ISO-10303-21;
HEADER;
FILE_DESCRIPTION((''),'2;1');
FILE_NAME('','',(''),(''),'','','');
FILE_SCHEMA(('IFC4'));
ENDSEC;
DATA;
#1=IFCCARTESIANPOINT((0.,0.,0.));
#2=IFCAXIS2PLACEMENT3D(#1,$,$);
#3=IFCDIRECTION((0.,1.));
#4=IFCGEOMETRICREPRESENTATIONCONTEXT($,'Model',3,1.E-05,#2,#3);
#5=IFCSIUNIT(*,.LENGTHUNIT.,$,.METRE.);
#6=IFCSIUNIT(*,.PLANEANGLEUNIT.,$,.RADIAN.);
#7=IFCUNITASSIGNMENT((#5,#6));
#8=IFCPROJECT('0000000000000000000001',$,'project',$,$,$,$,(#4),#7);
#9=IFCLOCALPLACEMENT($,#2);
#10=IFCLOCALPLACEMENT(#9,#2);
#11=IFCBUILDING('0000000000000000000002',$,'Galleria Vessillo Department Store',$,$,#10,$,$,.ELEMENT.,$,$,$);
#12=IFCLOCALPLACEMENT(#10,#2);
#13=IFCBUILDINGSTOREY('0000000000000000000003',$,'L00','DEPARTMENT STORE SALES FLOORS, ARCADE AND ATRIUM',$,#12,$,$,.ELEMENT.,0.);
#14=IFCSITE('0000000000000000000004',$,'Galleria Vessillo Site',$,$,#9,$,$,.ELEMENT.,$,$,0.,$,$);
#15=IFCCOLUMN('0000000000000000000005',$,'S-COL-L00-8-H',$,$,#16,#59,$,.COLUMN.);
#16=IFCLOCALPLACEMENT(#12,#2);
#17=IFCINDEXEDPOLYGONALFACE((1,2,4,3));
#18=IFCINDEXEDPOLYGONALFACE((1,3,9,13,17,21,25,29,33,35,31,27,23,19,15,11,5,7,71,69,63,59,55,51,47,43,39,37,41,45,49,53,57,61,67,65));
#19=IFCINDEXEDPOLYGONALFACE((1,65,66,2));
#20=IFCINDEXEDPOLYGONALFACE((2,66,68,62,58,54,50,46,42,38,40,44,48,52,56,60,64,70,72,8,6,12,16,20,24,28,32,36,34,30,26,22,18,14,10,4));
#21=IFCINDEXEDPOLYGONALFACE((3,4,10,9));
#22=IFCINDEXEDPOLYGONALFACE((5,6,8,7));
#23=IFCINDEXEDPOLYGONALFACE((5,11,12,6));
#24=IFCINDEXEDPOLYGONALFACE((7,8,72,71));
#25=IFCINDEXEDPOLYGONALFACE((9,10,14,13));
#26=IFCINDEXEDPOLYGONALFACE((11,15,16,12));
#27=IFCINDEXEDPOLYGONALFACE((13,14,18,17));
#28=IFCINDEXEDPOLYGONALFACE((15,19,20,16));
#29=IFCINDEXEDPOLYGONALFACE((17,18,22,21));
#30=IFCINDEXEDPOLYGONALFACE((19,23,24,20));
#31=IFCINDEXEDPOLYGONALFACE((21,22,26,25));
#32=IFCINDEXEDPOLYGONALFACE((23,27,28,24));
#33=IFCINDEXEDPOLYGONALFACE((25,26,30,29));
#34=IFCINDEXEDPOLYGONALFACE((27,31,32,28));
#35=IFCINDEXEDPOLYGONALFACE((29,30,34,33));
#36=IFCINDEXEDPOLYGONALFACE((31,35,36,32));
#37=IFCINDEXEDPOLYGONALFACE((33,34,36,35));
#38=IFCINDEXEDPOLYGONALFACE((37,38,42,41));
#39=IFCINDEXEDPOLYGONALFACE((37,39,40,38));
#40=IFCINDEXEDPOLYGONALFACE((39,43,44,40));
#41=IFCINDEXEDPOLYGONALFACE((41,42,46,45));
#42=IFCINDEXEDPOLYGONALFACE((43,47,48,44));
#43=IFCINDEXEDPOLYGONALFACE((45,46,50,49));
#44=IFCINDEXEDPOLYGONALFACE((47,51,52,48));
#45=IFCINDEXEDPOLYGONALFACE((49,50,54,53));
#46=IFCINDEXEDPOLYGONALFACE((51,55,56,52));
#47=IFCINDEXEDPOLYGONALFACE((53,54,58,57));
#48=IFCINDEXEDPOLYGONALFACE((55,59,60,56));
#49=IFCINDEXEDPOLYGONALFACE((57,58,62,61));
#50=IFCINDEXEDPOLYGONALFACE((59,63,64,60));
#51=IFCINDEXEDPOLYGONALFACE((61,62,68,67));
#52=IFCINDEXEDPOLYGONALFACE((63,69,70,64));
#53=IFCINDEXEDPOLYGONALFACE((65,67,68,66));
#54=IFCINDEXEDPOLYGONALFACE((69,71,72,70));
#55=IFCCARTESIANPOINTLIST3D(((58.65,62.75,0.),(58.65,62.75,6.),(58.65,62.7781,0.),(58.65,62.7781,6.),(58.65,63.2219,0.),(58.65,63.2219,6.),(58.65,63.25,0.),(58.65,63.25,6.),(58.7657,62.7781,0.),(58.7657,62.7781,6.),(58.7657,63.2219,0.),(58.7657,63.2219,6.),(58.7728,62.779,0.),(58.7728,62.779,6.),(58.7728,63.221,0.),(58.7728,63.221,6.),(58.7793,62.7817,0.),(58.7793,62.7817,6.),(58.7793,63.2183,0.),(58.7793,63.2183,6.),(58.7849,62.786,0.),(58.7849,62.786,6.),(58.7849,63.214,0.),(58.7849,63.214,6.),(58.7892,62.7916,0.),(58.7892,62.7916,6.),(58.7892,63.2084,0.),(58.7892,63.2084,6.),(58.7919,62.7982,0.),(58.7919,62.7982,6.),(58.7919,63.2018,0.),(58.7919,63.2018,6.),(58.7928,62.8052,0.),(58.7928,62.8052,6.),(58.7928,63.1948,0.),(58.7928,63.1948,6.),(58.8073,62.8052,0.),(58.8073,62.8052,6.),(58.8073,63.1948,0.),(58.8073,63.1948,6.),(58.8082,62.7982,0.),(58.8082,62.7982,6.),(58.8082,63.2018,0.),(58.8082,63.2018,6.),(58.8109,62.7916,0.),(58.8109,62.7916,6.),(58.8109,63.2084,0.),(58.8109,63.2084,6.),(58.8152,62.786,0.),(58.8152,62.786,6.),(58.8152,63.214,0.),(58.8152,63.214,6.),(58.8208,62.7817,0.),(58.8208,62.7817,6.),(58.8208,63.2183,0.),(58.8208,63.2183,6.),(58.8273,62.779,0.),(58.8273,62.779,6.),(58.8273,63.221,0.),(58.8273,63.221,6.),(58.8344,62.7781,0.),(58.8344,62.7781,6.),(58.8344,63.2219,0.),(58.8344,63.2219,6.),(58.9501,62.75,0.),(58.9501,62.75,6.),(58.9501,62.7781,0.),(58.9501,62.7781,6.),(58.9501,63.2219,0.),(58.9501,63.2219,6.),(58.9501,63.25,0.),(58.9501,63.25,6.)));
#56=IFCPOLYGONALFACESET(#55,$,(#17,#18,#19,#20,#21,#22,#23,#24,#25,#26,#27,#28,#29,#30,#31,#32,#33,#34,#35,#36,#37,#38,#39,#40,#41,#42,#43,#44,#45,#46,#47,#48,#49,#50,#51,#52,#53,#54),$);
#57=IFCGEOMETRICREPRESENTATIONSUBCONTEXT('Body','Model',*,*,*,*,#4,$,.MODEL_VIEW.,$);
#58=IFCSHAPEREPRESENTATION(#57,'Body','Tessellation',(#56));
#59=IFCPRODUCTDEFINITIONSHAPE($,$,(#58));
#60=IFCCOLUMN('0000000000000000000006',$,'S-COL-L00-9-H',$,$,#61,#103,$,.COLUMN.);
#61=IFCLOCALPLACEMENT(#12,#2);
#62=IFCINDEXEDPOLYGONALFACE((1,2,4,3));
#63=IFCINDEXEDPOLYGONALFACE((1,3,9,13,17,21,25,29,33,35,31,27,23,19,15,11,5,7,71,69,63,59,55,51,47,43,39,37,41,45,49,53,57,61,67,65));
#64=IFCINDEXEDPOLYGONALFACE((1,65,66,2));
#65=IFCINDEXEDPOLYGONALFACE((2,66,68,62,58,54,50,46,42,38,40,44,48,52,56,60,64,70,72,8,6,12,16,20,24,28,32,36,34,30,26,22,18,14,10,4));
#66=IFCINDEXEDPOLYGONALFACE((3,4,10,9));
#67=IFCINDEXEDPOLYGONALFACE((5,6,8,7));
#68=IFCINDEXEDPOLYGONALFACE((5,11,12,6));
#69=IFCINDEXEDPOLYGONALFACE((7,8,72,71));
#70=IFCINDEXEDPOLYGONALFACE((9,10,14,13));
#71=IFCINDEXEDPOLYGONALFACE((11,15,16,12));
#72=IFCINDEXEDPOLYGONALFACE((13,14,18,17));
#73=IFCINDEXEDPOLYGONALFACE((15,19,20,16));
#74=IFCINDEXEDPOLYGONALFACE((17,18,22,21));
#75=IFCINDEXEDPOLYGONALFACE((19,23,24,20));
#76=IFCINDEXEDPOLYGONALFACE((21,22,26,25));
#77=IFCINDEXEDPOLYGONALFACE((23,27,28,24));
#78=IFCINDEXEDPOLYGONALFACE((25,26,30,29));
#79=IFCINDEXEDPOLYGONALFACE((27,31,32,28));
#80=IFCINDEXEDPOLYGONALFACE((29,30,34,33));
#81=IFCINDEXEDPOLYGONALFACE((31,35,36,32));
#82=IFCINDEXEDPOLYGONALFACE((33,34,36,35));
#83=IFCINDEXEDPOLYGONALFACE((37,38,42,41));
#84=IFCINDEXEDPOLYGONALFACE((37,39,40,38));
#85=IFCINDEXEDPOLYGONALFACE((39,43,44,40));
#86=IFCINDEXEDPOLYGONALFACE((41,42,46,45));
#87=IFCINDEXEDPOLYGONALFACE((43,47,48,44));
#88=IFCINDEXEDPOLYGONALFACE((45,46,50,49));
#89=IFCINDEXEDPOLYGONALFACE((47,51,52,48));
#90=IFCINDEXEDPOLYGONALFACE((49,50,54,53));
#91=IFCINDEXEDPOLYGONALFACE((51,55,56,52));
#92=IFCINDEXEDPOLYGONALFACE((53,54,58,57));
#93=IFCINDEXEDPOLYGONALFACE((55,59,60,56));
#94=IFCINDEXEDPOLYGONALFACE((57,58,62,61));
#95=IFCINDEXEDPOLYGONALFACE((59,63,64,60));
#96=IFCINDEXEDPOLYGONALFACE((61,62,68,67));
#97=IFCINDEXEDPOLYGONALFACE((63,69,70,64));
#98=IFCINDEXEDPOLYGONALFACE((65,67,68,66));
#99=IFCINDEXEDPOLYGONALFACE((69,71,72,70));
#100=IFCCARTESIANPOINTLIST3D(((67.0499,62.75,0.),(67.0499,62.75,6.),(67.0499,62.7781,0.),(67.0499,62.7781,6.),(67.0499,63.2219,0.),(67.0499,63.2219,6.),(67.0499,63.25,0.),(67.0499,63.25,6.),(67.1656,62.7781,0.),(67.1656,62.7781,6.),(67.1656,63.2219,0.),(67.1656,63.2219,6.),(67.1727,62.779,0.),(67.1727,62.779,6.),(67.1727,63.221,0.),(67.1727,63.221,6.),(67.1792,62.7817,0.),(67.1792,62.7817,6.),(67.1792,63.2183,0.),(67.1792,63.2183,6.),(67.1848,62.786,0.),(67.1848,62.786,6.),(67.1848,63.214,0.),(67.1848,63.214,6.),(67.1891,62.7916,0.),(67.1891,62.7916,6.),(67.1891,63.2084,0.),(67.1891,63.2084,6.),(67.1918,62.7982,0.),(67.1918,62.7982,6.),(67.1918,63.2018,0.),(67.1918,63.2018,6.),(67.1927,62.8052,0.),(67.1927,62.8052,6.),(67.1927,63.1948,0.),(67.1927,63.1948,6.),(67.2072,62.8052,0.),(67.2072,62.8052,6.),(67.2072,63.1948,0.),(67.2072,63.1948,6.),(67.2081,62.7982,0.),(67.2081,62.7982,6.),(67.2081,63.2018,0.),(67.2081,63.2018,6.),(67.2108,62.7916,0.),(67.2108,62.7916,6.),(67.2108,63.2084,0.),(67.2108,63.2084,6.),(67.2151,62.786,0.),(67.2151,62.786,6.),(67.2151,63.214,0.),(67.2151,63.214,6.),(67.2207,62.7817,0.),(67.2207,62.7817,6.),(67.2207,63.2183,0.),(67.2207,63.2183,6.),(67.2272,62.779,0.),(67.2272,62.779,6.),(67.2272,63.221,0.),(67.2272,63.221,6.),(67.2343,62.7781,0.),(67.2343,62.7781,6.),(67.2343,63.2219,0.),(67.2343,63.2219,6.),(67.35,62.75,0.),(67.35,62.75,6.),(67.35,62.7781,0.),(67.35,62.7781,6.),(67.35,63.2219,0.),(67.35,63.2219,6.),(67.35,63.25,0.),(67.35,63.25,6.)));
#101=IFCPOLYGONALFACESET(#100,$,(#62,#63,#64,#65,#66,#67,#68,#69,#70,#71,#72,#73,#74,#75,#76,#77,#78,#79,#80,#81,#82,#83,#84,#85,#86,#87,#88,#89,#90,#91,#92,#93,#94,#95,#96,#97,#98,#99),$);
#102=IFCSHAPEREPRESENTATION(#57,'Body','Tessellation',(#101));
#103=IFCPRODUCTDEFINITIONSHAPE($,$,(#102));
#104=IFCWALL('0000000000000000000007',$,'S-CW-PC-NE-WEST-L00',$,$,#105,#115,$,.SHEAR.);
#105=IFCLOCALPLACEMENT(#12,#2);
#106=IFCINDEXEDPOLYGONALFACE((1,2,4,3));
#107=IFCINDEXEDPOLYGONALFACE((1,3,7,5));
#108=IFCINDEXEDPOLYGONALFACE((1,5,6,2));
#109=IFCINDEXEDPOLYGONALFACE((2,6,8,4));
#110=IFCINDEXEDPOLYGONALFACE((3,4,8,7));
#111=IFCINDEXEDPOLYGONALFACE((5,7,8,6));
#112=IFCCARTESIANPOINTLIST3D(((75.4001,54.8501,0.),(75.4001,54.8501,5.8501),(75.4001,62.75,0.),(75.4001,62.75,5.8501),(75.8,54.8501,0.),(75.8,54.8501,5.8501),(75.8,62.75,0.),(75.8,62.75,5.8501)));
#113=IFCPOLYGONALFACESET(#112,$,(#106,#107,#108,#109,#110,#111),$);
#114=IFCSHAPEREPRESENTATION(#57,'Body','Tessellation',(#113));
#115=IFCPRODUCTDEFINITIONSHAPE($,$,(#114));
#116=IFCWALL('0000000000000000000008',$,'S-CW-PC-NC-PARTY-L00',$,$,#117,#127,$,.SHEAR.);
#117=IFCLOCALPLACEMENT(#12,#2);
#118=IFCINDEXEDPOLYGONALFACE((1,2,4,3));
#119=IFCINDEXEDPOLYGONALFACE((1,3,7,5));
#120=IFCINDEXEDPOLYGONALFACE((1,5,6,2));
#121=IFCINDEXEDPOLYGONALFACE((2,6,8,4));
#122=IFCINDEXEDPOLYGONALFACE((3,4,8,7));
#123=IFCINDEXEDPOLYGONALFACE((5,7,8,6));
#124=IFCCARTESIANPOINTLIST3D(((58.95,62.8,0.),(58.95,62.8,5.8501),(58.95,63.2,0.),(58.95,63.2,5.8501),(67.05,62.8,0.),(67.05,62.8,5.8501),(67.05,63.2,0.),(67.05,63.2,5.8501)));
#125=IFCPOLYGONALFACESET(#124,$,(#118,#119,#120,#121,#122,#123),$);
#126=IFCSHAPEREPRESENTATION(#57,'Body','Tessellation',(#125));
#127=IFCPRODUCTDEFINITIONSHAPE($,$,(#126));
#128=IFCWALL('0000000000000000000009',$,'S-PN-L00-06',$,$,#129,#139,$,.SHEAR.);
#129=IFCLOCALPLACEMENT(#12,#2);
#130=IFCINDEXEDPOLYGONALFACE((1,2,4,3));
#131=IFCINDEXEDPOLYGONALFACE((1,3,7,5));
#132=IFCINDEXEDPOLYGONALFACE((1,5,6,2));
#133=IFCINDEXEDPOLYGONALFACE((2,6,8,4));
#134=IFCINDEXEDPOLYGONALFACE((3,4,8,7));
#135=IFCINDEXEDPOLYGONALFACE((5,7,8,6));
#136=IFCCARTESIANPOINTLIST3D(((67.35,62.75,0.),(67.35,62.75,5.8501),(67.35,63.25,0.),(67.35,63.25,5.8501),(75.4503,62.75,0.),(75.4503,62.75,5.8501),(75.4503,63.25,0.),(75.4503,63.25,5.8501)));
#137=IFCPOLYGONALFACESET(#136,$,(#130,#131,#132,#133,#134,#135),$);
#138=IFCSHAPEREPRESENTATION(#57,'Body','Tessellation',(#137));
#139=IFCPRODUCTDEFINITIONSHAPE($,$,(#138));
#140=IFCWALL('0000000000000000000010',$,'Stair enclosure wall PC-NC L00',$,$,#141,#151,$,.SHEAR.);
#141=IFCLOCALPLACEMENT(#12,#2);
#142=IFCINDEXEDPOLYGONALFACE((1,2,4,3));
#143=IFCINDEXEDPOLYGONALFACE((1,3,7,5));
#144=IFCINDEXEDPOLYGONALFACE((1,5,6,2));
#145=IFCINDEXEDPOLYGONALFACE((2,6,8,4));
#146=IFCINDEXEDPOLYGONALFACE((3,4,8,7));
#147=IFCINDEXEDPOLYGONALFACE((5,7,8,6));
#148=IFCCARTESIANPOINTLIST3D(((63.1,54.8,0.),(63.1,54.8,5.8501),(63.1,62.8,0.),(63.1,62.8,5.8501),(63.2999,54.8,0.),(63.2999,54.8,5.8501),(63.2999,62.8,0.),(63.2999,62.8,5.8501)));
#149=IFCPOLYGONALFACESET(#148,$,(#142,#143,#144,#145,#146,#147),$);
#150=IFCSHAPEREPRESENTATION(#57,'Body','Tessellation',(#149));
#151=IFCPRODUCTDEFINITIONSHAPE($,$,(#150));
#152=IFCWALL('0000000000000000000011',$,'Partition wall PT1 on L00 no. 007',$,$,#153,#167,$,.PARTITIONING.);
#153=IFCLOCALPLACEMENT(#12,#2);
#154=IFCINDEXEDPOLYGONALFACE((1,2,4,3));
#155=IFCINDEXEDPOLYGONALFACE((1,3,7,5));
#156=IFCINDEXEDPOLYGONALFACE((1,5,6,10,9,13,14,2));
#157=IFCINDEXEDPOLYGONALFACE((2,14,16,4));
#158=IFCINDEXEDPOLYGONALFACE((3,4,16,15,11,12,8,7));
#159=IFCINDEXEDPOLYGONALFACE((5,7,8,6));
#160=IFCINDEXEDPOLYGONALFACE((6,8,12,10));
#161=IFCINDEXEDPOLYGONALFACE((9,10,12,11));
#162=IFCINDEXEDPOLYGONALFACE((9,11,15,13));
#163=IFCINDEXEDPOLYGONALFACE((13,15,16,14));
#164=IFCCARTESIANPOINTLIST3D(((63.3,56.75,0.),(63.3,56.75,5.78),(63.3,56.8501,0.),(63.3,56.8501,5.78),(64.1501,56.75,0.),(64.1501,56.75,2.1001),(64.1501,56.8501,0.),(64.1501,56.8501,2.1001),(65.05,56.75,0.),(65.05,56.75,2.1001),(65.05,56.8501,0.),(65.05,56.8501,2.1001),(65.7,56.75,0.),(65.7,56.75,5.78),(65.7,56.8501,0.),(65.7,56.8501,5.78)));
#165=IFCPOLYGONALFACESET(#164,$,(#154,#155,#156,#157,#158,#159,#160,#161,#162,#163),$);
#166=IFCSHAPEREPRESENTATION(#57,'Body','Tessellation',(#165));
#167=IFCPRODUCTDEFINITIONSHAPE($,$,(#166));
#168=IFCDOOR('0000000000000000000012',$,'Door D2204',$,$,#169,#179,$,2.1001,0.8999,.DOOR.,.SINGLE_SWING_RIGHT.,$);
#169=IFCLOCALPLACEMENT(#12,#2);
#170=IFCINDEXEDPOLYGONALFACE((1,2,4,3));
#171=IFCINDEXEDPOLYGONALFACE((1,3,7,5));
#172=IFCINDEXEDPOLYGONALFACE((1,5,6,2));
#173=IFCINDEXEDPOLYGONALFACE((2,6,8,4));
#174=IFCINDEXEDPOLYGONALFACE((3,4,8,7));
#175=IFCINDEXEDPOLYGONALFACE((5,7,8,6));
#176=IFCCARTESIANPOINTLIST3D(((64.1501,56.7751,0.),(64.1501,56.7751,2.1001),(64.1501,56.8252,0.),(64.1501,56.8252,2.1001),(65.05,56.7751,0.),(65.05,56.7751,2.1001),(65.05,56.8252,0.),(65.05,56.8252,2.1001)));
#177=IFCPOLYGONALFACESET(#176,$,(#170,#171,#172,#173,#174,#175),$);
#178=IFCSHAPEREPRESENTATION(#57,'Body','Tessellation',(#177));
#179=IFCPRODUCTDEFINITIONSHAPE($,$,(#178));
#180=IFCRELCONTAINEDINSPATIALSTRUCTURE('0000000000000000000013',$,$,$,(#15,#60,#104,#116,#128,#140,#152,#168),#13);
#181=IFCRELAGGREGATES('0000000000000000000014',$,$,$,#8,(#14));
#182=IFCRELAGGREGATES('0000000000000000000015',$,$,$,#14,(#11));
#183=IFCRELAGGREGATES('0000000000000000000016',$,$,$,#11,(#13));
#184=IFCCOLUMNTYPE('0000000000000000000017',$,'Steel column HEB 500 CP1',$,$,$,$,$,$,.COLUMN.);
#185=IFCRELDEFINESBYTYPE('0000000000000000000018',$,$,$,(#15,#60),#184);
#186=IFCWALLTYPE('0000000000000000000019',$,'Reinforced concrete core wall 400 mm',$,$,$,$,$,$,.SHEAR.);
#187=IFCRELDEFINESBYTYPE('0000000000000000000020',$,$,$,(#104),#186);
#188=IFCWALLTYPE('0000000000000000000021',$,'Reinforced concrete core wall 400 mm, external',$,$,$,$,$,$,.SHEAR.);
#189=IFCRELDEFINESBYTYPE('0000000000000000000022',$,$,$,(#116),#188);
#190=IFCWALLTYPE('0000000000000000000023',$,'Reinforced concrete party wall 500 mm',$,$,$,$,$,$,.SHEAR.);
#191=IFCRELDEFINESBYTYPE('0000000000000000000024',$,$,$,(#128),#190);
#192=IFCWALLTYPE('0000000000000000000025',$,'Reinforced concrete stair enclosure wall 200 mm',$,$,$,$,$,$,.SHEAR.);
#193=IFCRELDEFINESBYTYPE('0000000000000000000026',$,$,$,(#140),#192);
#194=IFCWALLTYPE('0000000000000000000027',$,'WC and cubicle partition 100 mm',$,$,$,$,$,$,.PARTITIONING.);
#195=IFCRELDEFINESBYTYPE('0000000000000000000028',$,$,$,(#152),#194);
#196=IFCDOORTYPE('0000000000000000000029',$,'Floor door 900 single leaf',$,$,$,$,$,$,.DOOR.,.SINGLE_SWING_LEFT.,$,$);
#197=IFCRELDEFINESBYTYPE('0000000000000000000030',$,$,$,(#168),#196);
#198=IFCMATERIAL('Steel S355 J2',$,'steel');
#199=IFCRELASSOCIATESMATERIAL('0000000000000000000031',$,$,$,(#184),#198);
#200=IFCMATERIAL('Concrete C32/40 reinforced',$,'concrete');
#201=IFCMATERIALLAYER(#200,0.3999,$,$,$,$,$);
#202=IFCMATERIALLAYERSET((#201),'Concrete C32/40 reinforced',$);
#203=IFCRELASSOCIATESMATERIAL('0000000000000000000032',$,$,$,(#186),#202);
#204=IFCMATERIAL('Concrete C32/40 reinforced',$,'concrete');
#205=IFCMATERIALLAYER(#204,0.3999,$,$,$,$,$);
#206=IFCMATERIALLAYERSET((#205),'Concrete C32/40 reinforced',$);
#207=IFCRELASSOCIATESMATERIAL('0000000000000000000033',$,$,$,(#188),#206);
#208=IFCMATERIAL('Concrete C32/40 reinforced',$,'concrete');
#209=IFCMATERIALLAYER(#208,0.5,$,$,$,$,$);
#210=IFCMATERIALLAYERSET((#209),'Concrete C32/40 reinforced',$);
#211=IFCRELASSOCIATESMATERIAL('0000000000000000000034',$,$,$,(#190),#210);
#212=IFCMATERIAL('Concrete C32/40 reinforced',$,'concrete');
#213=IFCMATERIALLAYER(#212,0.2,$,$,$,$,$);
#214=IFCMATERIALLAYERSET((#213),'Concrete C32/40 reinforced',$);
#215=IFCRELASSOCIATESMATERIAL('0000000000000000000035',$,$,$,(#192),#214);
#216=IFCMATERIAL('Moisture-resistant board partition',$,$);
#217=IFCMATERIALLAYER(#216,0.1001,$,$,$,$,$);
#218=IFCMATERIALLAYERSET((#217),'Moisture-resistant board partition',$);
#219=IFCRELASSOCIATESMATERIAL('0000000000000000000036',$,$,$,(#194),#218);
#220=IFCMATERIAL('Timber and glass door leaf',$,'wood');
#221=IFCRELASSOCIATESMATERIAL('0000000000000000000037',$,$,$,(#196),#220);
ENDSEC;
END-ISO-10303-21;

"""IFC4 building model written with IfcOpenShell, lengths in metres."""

from ifc_helpers import new_model, si_unit, direction, frame, frame_2d, origin, origin_2d, place, context, subcontext, project, spatial, rectangle, i_section, extrude, material, layer, layer_set, material_profile, profile_set, type_object, element, fill, save


model = new_model("IFC4")

# Units and contexts
model_context = context("Model", 3, precision=1e-05, world=origin(), true_north=direction((0.0, 1.0)))
body_context = subcontext(model_context, "Body", "Model", "MODEL_VIEW")
ifc_project = project(units=[si_unit("LENGTHUNIT", "METRE"), si_unit("PLANEANGLEUNIT", "RADIAN")], contexts=[model_context])

# Site, building, storey
site_placement = place(None, origin())
site = spatial("IfcSite", under=ifc_project, at=site_placement, Name="Galleria Vessillo Site", CompositionType="ELEMENT", RefElevation=0.0)
building_placement = place(site_placement, origin())
building = spatial("IfcBuilding", under=site, at=building_placement, Name="Galleria Vessillo Department Store", CompositionType="ELEMENT")
storey_placement = place(building_placement, origin())
storey = spatial("IfcBuildingStorey", under=building, at=storey_placement, Name="L00", Description="DEPARTMENT STORE SALES FLOORS, ARCADE AND ATRIUM", CompositionType="ELEMENT", Elevation=0.0)

# Columns
ifc_material_1 = material(Name="Steel S355 J2", Category="steel")
ifc_material_profile = material_profile(ifc_material_1, i_section(OverallWidth=0.3, OverallDepth=0.5, WebThickness=0.0144, FlangeThickness=0.0281, FilletRadius=0.0271, at=origin_2d()), Name="HEB 500")
ifc_profile_set = profile_set([ifc_material_profile], Name="Steel S355 J2")
column_type = type_object("IfcColumnType", Name="Steel column HEB 500 CP1", PredefinedType="COLUMN", material=ifc_profile_set)
for number, where, z_axis, x_axis, name in (
    (1, (58.8, 63.0, 0.0), (0.0, 0.0, 1.0), (1.0, 0.0, 0.0), "S-COL-L00-8-H"),
    (2, (67.2, 63.0, 0.0), (0.0, 0.0, 1.0), (1.0, 0.0, 0.0), "S-COL-L00-9-H"),
):
    element("IfcColumn", number, at=place(storey_placement, frame(where, z_axis=z_axis, x_axis=x_axis)), inside=storey, type_object=column_type, Name=name, PredefinedType="COLUMN", context=body_context, shape_type="SweptSolid", body=[
        extrude(i_section(OverallWidth=0.3, OverallDepth=0.5, WebThickness=0.0144, FlangeThickness=0.0281, FilletRadius=0.0271, at=origin_2d()), origin(), (0.0, 0.0, 1.0), 6.0),
    ])

# Walls
ifc_material_2 = material(Name="Concrete C32/40 reinforced", Category="concrete")
ifc_layer_1 = layer(ifc_material_2, 0.3999)
ifc_layer_set_1 = layer_set([ifc_layer_1], Name="Concrete C32/40 reinforced")
wall_type_1 = type_object("IfcWallType", Name="Reinforced concrete core wall 400 mm", PredefinedType="SHEAR", material=ifc_layer_set_1)
wall_1_placement = place(storey_placement, frame((75.6001, 54.8501, 0.0), z_axis=(0.0, 0.0, 1.0), x_axis=(0.0, 1.0, 0.0)))
element("IfcWall", 3, at=wall_1_placement, inside=storey, type_object=wall_type_1, Name="S-CW-PC-NE-WEST-L00", PredefinedType="SHEAR", context=body_context, shape_type="SweptSolid", body=[
    extrude(rectangle(XDim=7.8999, YDim=0.3999, at=frame_2d((3.95, 0.0))), origin(), (0.0, 0.0, 1.0), 5.8501),
])
ifc_material_3 = material(Name="Concrete C32/40 reinforced", Category="concrete")
ifc_layer_2 = layer(ifc_material_3, 0.3999)
ifc_layer_set_2 = layer_set([ifc_layer_2], Name="Concrete C32/40 reinforced")
wall_type_2 = type_object("IfcWallType", Name="Reinforced concrete core wall 400 mm, external", PredefinedType="SHEAR", material=ifc_layer_set_2)
wall_2_placement = place(storey_placement, frame((58.95, 63.0, 0.0), z_axis=(0.0, 0.0, 1.0), x_axis=(1.0, 0.0, 0.0)))
element("IfcWall", 4, at=wall_2_placement, inside=storey, type_object=wall_type_2, Name="S-CW-PC-NC-PARTY-L00", PredefinedType="SHEAR", context=body_context, shape_type="SweptSolid", body=[
    extrude(rectangle(XDim=8.1001, YDim=0.3999, at=frame_2d((4.05, 0.0))), origin(), (0.0, 0.0, 1.0), 5.8501),
])
ifc_material_4 = material(Name="Concrete C32/40 reinforced", Category="concrete")
ifc_layer_3 = layer(ifc_material_4, 0.5)
ifc_layer_set_3 = layer_set([ifc_layer_3], Name="Concrete C32/40 reinforced")
wall_type_3 = type_object("IfcWallType", Name="Reinforced concrete party wall 500 mm", PredefinedType="SHEAR", material=ifc_layer_set_3)
wall_3_placement = place(storey_placement, frame((67.3499, 63.0, 0.0), z_axis=(0.0, 0.0, 1.0), x_axis=(1.0, 0.0, 0.0)))
element("IfcWall", 5, at=wall_3_placement, inside=storey, type_object=wall_type_3, Name="S-PN-L00-06", PredefinedType="SHEAR", context=body_context, shape_type="SweptSolid", body=[
    extrude(rectangle(XDim=8.1003, YDim=0.5, at=frame_2d((4.0503, 0.0))), origin(), (0.0, 0.0, 1.0), 5.8501),
])
ifc_material_5 = material(Name="Concrete C32/40 reinforced", Category="concrete")
ifc_layer_4 = layer(ifc_material_5, 0.2)
ifc_layer_set_4 = layer_set([ifc_layer_4], Name="Concrete C32/40 reinforced")
wall_type_4 = type_object("IfcWallType", Name="Reinforced concrete stair enclosure wall 200 mm", PredefinedType="SHEAR", material=ifc_layer_set_4)
wall_4_placement = place(storey_placement, frame((63.2, 62.8, 0.0), z_axis=(0.0, 0.0, 1.0), x_axis=(0.0, -1.0, 0.0)))
element("IfcWall", 6, at=wall_4_placement, inside=storey, type_object=wall_type_4, Name="Stair enclosure wall PC-NC L00", PredefinedType="SHEAR", context=body_context, shape_type="SweptSolid", body=[
    extrude(rectangle(XDim=8.0, YDim=0.2, at=frame_2d((4.0, 0.0))), origin(), (0.0, 0.0, 1.0), 5.8501),
])

# Wall, opening, door
ifc_material_6 = material(Name="Moisture-resistant board partition")
ifc_layer_5 = layer(ifc_material_6, 0.1001)
ifc_layer_set_5 = layer_set([ifc_layer_5], Name="Moisture-resistant board partition")
wall_type_5 = type_object("IfcWallType", Name="WC and cubicle partition 100 mm", PredefinedType="PARTITIONING", material=ifc_layer_set_5)
wall_5_placement = place(storey_placement, frame((63.3, 56.8, 0.0), z_axis=(0.0, 0.0, 1.0), x_axis=(1.0, 0.0, 0.0)))
wall_5 = element("IfcWall", 7, at=wall_5_placement, inside=storey, type_object=wall_type_5, Name="Partition wall PT1 on L00 no. 007", PredefinedType="PARTITIONING", context=body_context, shape_type="SweptSolid", body=[
    extrude(rectangle(XDim=2.3999, YDim=0.1001, at=frame_2d((1.2, 0.0))), origin(), (0.0, 0.0, 1.0), 5.78),
])
opening_1_placement = place(wall_5_placement, frame((0.8501, 0.0, 0.0)))
opening_1 = element("IfcOpeningElement", 8, at=opening_1_placement, cuts=wall_5, PredefinedType="OPENING", context=body_context, shape_type="SweptSolid", body=[
    extrude(rectangle(XDim=0.8999, YDim=2.1001, at=frame_2d((0.45, 1.05))), frame((0.0, 0.0601, 0.0), z_axis=(0.0, -1.0, 0.0), x_axis=(1.0, 0.0, 0.0)), (0.0, 0.0, 1.0), 0.1201),
])
ifc_material_7 = material(Name="Timber and glass door leaf", Category="wood")
door_type_1 = type_object("IfcDoorType", Name="Floor door 900 single leaf", OperationType="SINGLE_SWING_LEFT", PredefinedType="DOOR", material=ifc_material_7)
door_1_placement = place(opening_1_placement, frame((0.8999, 0.0, 0.0), z_axis=(0.0, 0.0, 1.0), x_axis=(-1.0, 0.0, 0.0)))
door_1 = element("IfcDoor", 9, at=door_1_placement, inside=storey, type_object=door_type_1, Name="Door D2204", OperationType="SINGLE_SWING_RIGHT", OverallHeight=2.1001, OverallWidth=0.8999, PredefinedType="DOOR", context=body_context, shape_type="SweptSolid", body=[
    extrude(rectangle(XDim=0.8999, YDim=2.1001, at=frame_2d((0.45, 1.05))), frame((0.0, 0.0249, 0.0), z_axis=(0.0, -1.0, 0.0), x_axis=(1.0, 0.0, 0.0)), (0.0, 0.0, 1.0), 0.05),
])
fill(opening_1, door_1)

save(model, "model.ifc")
